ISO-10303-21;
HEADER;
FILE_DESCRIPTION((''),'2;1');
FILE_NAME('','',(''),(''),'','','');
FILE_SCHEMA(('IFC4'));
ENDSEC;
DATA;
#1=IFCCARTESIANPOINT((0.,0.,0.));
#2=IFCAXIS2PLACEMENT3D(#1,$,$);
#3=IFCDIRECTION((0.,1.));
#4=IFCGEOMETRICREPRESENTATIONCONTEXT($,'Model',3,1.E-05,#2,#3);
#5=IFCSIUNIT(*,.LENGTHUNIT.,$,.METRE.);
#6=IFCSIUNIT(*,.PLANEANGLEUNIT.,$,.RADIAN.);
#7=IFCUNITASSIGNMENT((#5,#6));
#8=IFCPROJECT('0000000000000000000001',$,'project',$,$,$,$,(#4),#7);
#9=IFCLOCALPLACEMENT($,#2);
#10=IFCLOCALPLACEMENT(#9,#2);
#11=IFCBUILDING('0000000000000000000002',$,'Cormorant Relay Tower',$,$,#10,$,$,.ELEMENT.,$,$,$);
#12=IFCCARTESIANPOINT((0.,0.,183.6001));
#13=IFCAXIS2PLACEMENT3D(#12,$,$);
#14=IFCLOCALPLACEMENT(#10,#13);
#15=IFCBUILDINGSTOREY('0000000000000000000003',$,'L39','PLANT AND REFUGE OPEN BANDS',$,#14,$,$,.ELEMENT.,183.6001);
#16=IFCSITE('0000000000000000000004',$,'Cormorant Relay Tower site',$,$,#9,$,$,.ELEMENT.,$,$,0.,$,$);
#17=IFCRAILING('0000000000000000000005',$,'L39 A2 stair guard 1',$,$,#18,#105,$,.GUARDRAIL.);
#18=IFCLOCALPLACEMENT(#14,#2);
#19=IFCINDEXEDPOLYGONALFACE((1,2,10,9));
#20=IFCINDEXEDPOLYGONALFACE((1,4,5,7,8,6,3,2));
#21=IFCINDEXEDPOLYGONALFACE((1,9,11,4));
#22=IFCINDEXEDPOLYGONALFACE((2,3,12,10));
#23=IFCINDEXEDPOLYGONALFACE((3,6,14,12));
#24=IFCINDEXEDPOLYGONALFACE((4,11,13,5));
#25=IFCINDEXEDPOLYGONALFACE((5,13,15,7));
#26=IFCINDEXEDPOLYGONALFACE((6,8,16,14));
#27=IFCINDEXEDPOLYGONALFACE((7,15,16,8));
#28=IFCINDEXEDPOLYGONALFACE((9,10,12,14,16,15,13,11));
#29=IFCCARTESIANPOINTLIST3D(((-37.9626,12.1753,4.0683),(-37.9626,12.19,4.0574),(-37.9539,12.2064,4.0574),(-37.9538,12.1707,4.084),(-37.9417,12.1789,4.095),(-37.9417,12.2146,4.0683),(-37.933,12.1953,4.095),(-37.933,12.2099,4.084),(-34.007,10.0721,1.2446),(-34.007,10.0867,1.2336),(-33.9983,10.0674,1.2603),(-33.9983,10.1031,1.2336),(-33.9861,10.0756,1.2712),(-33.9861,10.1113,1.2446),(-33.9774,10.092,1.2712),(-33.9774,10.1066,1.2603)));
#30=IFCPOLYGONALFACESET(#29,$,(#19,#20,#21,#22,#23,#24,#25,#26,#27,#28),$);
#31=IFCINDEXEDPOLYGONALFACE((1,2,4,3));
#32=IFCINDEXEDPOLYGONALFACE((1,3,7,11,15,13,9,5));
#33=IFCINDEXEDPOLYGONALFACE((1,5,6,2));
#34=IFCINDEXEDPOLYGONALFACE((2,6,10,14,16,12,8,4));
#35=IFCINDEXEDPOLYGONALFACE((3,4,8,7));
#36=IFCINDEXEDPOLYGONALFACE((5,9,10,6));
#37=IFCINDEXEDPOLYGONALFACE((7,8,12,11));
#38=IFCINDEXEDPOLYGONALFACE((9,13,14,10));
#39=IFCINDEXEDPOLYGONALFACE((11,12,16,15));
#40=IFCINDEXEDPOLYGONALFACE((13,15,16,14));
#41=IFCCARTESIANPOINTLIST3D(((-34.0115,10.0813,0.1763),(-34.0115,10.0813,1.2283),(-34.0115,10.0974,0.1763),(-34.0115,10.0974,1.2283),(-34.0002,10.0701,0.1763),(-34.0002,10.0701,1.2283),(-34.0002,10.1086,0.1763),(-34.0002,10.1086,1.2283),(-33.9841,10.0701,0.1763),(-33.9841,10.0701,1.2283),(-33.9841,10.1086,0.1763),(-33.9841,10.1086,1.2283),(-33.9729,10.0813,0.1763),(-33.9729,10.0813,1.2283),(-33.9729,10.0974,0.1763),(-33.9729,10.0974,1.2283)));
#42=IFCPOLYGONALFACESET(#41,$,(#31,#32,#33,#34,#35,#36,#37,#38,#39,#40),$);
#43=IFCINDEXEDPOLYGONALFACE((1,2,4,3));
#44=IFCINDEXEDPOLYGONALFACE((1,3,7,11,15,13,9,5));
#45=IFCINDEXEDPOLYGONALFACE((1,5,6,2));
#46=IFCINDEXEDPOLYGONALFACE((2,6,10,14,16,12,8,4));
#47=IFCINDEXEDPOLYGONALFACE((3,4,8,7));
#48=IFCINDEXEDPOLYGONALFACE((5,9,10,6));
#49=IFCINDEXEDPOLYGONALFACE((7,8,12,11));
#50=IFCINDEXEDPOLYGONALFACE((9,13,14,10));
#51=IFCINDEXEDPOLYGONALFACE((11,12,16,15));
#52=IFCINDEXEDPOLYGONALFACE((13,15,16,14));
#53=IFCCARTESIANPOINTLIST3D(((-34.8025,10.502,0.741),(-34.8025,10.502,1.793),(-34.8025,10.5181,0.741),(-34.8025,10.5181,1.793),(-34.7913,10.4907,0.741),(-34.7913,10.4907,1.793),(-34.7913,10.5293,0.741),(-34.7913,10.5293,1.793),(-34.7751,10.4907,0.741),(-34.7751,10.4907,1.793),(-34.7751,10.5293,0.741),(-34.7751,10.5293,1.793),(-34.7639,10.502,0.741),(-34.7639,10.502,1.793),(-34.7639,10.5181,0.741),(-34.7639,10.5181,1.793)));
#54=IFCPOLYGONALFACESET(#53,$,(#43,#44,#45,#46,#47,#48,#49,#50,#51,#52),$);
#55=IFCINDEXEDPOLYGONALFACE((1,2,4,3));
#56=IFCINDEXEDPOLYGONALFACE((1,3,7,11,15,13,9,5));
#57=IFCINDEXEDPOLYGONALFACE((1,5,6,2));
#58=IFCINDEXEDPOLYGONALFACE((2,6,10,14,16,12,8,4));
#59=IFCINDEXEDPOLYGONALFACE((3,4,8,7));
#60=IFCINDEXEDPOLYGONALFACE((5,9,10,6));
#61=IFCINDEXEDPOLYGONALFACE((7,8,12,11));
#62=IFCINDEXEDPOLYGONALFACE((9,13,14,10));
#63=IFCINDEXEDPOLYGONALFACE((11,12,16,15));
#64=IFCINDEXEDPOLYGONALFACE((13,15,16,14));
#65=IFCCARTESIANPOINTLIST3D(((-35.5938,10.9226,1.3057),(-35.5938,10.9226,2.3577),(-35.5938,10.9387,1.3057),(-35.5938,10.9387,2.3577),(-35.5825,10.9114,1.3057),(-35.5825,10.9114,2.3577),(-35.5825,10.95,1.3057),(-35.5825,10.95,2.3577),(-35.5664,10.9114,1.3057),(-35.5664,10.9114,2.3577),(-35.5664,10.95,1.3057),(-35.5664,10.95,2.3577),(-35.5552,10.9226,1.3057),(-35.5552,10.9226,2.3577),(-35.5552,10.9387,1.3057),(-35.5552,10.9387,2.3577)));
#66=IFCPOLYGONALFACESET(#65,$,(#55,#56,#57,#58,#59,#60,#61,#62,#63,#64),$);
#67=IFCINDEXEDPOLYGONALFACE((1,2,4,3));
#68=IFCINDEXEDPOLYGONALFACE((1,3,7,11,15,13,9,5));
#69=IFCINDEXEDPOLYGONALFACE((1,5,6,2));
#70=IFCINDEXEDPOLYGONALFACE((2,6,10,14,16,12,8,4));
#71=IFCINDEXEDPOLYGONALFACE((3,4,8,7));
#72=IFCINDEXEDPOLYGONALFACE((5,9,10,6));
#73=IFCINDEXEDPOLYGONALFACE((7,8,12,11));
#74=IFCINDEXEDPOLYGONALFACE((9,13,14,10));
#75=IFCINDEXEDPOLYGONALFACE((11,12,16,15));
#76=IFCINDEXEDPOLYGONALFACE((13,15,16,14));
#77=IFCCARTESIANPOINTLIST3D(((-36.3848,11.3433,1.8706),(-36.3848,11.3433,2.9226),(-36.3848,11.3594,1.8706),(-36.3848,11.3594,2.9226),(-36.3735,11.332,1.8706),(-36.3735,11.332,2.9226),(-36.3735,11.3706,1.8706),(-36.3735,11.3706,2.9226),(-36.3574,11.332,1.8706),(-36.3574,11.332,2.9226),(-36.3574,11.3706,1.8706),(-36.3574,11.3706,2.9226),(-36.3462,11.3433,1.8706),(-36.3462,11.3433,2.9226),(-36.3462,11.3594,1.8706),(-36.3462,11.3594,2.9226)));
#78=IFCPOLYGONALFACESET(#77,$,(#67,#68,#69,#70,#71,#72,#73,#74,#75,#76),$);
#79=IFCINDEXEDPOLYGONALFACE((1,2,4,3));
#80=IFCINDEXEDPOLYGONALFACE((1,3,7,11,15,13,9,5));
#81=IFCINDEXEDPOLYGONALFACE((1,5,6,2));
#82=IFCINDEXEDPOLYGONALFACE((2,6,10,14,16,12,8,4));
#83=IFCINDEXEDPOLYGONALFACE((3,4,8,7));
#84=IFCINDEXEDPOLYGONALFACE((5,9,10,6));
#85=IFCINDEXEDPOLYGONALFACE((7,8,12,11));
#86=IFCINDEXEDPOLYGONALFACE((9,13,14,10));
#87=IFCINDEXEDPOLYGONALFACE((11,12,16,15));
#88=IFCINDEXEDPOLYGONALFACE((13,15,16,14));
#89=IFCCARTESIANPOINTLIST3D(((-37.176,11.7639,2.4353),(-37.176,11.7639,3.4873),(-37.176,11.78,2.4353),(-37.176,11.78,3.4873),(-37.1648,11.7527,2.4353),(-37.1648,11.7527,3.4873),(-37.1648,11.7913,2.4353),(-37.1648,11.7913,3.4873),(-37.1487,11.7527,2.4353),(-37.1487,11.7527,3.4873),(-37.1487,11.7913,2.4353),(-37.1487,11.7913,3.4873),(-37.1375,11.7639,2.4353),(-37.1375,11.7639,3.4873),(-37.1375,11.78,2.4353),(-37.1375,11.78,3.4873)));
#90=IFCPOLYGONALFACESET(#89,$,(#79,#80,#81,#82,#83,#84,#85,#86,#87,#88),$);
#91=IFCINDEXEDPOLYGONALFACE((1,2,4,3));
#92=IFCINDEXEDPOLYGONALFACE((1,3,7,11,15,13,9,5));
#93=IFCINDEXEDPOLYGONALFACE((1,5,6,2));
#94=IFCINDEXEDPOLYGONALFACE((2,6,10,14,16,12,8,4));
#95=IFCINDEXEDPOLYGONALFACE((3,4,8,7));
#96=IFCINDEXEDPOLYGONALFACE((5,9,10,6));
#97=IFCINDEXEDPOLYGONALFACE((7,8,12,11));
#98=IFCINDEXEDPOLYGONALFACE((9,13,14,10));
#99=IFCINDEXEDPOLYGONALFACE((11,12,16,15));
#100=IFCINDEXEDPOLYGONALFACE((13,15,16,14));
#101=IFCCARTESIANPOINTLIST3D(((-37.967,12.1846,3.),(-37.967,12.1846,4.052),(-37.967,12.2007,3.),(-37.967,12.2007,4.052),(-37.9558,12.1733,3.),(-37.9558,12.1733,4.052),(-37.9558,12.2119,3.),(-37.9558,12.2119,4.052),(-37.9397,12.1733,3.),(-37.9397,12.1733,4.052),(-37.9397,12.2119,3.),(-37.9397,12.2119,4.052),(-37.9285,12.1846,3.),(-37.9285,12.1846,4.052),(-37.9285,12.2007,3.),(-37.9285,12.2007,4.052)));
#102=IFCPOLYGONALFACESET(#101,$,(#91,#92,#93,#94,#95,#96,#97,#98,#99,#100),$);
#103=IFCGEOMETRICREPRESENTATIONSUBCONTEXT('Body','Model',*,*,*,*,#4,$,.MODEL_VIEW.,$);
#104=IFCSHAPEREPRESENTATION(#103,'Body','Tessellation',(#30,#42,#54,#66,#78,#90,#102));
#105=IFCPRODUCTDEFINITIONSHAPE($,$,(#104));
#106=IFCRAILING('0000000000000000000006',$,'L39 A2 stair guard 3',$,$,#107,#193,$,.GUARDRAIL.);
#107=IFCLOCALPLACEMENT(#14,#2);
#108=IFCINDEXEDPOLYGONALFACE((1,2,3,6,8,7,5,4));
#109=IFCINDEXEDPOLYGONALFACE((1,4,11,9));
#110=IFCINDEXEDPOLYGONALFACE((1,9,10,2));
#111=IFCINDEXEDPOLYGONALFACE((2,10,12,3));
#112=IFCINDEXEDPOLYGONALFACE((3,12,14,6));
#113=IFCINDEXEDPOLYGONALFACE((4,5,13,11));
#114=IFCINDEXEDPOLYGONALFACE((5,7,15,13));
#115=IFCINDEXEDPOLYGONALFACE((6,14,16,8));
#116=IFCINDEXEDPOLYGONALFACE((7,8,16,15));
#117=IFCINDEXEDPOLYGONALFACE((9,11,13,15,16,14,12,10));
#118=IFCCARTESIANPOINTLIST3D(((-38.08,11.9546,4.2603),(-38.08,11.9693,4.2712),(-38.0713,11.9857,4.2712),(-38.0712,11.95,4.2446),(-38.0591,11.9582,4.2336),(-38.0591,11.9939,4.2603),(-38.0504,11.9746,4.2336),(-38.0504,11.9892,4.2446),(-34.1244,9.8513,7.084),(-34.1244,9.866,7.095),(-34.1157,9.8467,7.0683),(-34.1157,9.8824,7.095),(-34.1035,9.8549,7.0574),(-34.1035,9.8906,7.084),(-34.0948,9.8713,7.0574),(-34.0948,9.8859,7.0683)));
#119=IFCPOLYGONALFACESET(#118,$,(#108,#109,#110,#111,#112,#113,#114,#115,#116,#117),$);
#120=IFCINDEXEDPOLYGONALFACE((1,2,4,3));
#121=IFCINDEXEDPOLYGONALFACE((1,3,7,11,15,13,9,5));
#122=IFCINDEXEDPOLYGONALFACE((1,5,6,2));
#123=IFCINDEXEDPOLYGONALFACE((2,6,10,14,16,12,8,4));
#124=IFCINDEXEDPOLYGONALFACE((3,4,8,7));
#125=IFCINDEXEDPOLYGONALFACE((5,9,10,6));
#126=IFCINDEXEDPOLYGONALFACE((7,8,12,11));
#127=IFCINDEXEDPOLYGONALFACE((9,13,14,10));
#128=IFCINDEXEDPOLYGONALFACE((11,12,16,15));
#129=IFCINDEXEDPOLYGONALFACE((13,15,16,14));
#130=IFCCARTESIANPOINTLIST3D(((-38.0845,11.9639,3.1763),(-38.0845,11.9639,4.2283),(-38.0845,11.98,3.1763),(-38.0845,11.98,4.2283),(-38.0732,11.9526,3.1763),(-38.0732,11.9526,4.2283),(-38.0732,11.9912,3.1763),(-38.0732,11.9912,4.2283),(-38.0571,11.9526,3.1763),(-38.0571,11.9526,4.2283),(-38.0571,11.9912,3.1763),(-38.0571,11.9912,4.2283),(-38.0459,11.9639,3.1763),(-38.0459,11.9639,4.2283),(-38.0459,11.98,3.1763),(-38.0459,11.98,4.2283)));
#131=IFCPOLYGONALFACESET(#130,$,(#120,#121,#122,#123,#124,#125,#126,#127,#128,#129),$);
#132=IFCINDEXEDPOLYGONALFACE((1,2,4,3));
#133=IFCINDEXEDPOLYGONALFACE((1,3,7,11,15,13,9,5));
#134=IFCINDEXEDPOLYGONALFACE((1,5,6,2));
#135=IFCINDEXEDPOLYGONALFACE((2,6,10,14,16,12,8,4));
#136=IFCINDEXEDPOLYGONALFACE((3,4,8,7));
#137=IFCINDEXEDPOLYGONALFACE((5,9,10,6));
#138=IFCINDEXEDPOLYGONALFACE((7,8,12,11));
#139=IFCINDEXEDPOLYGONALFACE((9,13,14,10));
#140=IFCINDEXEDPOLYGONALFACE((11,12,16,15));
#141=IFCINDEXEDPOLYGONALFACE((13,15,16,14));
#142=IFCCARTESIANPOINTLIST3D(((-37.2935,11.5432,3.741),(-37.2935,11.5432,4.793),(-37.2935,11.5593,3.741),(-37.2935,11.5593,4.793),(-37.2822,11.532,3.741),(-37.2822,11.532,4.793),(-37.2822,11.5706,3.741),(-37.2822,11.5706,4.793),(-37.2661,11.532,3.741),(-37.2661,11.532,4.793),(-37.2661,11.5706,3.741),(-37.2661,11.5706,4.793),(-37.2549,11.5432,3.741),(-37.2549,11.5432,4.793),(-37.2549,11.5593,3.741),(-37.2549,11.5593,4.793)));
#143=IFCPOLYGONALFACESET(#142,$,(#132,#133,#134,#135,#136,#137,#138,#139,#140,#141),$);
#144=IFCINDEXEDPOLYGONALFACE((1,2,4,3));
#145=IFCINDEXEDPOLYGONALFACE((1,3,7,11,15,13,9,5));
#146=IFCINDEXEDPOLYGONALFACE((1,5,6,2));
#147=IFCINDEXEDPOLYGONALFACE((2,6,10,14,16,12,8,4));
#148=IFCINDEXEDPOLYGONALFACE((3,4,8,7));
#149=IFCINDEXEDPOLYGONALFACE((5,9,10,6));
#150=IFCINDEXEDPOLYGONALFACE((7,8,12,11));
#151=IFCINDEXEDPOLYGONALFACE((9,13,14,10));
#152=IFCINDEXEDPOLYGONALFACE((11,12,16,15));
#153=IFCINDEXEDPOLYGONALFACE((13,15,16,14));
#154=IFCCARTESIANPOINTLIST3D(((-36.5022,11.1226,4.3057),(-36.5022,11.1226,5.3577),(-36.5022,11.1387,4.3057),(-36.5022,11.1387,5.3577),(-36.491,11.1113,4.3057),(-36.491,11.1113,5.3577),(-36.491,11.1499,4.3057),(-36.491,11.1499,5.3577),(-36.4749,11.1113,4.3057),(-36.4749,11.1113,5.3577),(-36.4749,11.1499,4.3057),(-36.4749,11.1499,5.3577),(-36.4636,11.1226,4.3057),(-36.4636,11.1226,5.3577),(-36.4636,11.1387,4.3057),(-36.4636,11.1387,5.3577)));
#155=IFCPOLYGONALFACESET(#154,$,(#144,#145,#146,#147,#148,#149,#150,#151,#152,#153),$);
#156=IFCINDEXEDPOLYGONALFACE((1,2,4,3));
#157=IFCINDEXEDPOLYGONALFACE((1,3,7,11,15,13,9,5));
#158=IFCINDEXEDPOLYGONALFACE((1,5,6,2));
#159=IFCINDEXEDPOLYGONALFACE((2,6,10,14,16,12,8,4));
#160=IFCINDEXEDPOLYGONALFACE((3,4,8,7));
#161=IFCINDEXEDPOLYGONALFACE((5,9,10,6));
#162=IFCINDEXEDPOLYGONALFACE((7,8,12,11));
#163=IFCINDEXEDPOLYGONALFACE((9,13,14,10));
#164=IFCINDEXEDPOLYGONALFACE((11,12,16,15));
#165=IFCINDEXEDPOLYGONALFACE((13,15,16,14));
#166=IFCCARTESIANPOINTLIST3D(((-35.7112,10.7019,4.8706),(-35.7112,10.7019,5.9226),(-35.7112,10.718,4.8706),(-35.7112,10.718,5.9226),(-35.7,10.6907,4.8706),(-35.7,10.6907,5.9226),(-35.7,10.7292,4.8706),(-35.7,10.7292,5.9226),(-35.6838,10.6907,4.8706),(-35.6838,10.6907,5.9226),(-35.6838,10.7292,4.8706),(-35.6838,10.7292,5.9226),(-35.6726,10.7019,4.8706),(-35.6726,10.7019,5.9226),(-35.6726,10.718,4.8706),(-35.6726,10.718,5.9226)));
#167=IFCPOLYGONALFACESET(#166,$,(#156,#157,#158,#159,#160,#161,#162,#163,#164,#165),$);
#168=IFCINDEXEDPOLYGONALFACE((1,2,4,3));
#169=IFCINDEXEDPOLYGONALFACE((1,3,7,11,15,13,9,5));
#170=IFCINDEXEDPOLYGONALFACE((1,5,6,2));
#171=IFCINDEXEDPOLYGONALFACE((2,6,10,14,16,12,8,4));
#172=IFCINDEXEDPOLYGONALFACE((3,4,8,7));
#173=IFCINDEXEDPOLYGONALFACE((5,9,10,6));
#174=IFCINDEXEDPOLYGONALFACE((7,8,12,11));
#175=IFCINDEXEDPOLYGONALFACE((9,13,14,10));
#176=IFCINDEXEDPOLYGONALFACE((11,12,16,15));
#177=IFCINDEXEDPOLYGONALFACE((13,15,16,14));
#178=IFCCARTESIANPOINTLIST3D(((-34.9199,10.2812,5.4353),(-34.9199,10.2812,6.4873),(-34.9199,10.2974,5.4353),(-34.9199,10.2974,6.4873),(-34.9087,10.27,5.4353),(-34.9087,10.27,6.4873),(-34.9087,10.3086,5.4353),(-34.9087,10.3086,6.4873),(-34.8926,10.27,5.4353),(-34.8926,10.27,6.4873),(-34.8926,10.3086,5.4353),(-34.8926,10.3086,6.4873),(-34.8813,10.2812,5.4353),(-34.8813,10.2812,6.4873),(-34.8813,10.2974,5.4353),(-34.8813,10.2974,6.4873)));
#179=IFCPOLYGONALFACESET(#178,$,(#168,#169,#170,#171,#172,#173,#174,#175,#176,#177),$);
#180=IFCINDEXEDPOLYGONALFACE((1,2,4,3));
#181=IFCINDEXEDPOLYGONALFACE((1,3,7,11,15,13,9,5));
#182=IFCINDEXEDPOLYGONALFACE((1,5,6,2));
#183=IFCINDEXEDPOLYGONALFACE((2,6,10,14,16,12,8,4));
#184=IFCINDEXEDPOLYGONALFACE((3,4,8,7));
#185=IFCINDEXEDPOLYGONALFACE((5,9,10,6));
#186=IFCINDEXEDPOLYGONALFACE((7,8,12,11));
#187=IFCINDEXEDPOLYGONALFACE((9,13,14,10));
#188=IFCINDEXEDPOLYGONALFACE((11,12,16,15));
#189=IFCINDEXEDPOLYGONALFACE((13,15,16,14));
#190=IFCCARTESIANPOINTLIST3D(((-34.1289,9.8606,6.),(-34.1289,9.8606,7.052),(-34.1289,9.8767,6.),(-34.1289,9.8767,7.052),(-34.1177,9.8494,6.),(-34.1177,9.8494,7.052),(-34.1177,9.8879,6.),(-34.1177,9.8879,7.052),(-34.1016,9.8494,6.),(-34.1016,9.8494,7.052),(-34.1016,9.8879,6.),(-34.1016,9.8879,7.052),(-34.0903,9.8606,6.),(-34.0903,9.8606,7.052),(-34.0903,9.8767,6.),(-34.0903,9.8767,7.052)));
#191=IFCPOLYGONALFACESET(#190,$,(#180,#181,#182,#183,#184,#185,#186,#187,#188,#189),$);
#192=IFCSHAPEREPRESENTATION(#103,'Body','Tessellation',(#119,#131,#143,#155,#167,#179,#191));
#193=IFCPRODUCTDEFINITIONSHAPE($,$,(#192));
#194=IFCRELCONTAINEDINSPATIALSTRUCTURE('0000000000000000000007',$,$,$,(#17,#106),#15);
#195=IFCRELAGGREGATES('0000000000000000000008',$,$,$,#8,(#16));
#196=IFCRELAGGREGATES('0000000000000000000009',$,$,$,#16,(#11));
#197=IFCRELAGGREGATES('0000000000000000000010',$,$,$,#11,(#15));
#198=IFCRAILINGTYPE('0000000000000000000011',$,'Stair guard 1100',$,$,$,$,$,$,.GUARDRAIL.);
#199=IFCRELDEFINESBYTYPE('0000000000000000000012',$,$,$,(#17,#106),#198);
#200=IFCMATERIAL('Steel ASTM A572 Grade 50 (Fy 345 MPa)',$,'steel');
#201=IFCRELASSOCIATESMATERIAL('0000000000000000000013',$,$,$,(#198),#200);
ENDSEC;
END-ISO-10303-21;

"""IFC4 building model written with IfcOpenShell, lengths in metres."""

from ifc_helpers import new_model, si_unit, direction, frame, origin, place, context, subcontext, project, spatial, polyline, outline, extrude, material, type_object, element, save


model = new_model("IFC4")

# Units and contexts
model_context = context("Model", 3, precision=1e-05, world=origin(), true_north=direction((0.0, 1.0)))
body_context = subcontext(model_context, "Body", "Model", "MODEL_VIEW")
ifc_project = project(units=[si_unit("LENGTHUNIT", "METRE"), si_unit("PLANEANGLEUNIT", "RADIAN")], contexts=[model_context])

# Site, building, storey
site_placement = place(None, origin())
site = spatial("IfcSite", under=ifc_project, at=site_placement, Name="Cormorant Relay Tower site", CompositionType="ELEMENT", RefElevation=0.0)
building_placement = place(site_placement, origin())
building = spatial("IfcBuilding", under=site, at=building_placement, Name="Cormorant Relay Tower", CompositionType="ELEMENT")
storey_placement = place(building_placement, frame((0.0, 0.0, 183.6001)))
storey = spatial("IfcBuildingStorey", under=building, at=storey_placement, Name="L39", Description="PLANT AND REFUGE OPEN BANDS", CompositionType="ELEMENT", Elevation=183.6001)

# Railings
ifc_material_1 = material(Name="Steel ASTM A572 Grade 50 (Fy 345 MPa)", Category="steel")
railing_type_1 = type_object("IfcRailingType", Name="Stair guard 1100", PredefinedType="GUARDRAIL", material=ifc_material_1)
railing_1_placement = place(storey_placement, frame((-33.9922, 10.0894, 0.1763)))
element("IfcRailing", 1, at=railing_1_placement, inside=storey, type_object=railing_type_1, Name="L39 A2 stair guard 1", PredefinedType="GUARDRAIL", context=body_context, shape_type="SweptSolid", body=[
    extrude(outline(polyline([(0.0222, 0.0093), (0.0093, 0.0222), (-0.0093, 0.0222), (-0.0222, 0.0093), (-0.0222, -0.0093), (-0.0093, -0.0222), (0.0093, -0.0222), (0.0222, -0.0093), (0.0222, 0.0093)])), frame((0.0, 0.0, 1.0762), z_axis=(-0.746949, 0.397171, 0.533219), x_axis=(-0.469482, -0.882942, 0.0)), (0.0, 0.0, 1.0), 5.2957),
    extrude(outline(polyline([(0.0193, 0.0081), (0.0081, 0.0193), (-0.0081, 0.0193), (-0.0193, 0.0081), (-0.0193, -0.0081), (-0.0081, -0.0193), (0.0081, -0.0193), (0.0193, -0.0081), (0.0193, 0.0081)])), origin(), (0.0, 0.0, 1.0), 1.052),
    extrude(outline(polyline([(0.0193, 0.0081), (0.0081, 0.0193), (-0.0081, 0.0193), (-0.0193, 0.0081), (-0.0193, -0.0081), (-0.0081, -0.0193), (0.0081, -0.0193), (0.0193, -0.0081), (0.0193, 0.0081)])), frame((-0.791, 0.4207, 0.5647)), (0.0, 0.0, 1.0), 1.052),
    extrude(outline(polyline([(0.0193, 0.0081), (0.0081, 0.0193), (-0.0081, 0.0193), (-0.0193, 0.0081), (-0.0193, -0.0081), (-0.0081, -0.0193), (0.0081, -0.0193), (0.0193, -0.0081), (0.0193, 0.0081)])), frame((-1.5823, 0.8413, 1.1294)), (0.0, 0.0, 1.0), 1.052),
    extrude(outline(polyline([(0.0193, 0.0081), (0.0081, 0.0193), (-0.0081, 0.0193), (-0.0193, 0.0081), (-0.0193, -0.0081), (-0.0081, -0.0193), (0.0081, -0.0193), (0.0193, -0.0081), (0.0193, 0.0081)])), frame((-2.3733, 1.262, 1.6943)), (0.0, 0.0, 1.0), 1.052),
    extrude(outline(polyline([(0.0193, 0.0081), (0.0081, 0.0193), (-0.0081, 0.0193), (-0.0193, 0.0081), (-0.0193, -0.0081), (-0.0081, -0.0193), (0.0081, -0.0193), (0.0193, -0.0081), (0.0193, 0.0081)])), frame((-3.1646, 1.6826, 2.259)), (0.0, 0.0, 1.0), 1.052),
    extrude(outline(polyline([(0.0193, 0.0081), (0.0081, 0.0193), (-0.0081, 0.0193), (-0.0193, 0.0081), (-0.0193, -0.0081), (-0.0081, -0.0193), (0.0081, -0.0193), (0.0193, -0.0081), (0.0193, 0.0081)])), frame((-3.9556, 2.1033, 2.8237)), (0.0, 0.0, 1.0), 1.052),
])
railing_2_placement = place(storey_placement, frame((-38.0652, 11.9719, 3.1763)))
element("IfcRailing", 2, at=railing_2_placement, inside=storey, type_object=railing_type_1, Name="L39 A2 stair guard 3", PredefinedType="GUARDRAIL", context=body_context, shape_type="SweptSolid", body=[
    extrude(outline(polyline([(0.0222, 0.0093), (0.0093, 0.0222), (-0.0093, 0.0222), (-0.0222, 0.0093), (-0.0222, -0.0093), (-0.0093, -0.0222), (0.0093, -0.0222), (0.0222, -0.0093), (0.0222, 0.0093)])), frame((0.0, 0.0, 1.0762), z_axis=(0.746949, -0.397171, 0.533219), x_axis=(0.469482, 0.882942, 0.0)), (0.0, 0.0, 1.0), 5.2957),
    extrude(outline(polyline([(0.0193, 0.0081), (0.0081, 0.0193), (-0.0081, 0.0193), (-0.0193, 0.0081), (-0.0193, -0.0081), (-0.0081, -0.0193), (0.0081, -0.0193), (0.0193, -0.0081), (0.0193, 0.0081)])), origin(), (0.0, 0.0, 1.0), 1.052),
    extrude(outline(polyline([(0.0193, 0.0081), (0.0081, 0.0193), (-0.0081, 0.0193), (-0.0193, 0.0081), (-0.0193, -0.0081), (-0.0081, -0.0193), (0.0081, -0.0193), (0.0193, -0.0081), (0.0193, 0.0081)])), frame((0.791, -0.4207, 0.5647)), (0.0, 0.0, 1.0), 1.052),
    extrude(outline(polyline([(0.0193, 0.0081), (0.0081, 0.0193), (-0.0081, 0.0193), (-0.0193, 0.0081), (-0.0193, -0.0081), (-0.0081, -0.0193), (0.0081, -0.0193), (0.0193, -0.0081), (0.0193, 0.0081)])), frame((1.5823, -0.8413, 1.1294)), (0.0, 0.0, 1.0), 1.052),
    extrude(outline(polyline([(0.0193, 0.0081), (0.0081, 0.0193), (-0.0081, 0.0193), (-0.0193, 0.0081), (-0.0193, -0.0081), (-0.0081, -0.0193), (0.0081, -0.0193), (0.0193, -0.0081), (0.0193, 0.0081)])), frame((2.3733, -1.262, 1.6943)), (0.0, 0.0, 1.0), 1.052),
    extrude(outline(polyline([(0.0193, 0.0081), (0.0081, 0.0193), (-0.0081, 0.0193), (-0.0193, 0.0081), (-0.0193, -0.0081), (-0.0081, -0.0193), (0.0081, -0.0193), (0.0193, -0.0081), (0.0193, 0.0081)])), frame((3.1646, -1.6826, 2.259)), (0.0, 0.0, 1.0), 1.052),
    extrude(outline(polyline([(0.0193, 0.0081), (0.0081, 0.0193), (-0.0081, 0.0193), (-0.0193, 0.0081), (-0.0193, -0.0081), (-0.0081, -0.0193), (0.0081, -0.0193), (0.0193, -0.0081), (0.0193, 0.0081)])), frame((3.9556, -2.1033, 2.8237)), (0.0, 0.0, 1.0), 1.052),
])

save(model, "model.ifc")
